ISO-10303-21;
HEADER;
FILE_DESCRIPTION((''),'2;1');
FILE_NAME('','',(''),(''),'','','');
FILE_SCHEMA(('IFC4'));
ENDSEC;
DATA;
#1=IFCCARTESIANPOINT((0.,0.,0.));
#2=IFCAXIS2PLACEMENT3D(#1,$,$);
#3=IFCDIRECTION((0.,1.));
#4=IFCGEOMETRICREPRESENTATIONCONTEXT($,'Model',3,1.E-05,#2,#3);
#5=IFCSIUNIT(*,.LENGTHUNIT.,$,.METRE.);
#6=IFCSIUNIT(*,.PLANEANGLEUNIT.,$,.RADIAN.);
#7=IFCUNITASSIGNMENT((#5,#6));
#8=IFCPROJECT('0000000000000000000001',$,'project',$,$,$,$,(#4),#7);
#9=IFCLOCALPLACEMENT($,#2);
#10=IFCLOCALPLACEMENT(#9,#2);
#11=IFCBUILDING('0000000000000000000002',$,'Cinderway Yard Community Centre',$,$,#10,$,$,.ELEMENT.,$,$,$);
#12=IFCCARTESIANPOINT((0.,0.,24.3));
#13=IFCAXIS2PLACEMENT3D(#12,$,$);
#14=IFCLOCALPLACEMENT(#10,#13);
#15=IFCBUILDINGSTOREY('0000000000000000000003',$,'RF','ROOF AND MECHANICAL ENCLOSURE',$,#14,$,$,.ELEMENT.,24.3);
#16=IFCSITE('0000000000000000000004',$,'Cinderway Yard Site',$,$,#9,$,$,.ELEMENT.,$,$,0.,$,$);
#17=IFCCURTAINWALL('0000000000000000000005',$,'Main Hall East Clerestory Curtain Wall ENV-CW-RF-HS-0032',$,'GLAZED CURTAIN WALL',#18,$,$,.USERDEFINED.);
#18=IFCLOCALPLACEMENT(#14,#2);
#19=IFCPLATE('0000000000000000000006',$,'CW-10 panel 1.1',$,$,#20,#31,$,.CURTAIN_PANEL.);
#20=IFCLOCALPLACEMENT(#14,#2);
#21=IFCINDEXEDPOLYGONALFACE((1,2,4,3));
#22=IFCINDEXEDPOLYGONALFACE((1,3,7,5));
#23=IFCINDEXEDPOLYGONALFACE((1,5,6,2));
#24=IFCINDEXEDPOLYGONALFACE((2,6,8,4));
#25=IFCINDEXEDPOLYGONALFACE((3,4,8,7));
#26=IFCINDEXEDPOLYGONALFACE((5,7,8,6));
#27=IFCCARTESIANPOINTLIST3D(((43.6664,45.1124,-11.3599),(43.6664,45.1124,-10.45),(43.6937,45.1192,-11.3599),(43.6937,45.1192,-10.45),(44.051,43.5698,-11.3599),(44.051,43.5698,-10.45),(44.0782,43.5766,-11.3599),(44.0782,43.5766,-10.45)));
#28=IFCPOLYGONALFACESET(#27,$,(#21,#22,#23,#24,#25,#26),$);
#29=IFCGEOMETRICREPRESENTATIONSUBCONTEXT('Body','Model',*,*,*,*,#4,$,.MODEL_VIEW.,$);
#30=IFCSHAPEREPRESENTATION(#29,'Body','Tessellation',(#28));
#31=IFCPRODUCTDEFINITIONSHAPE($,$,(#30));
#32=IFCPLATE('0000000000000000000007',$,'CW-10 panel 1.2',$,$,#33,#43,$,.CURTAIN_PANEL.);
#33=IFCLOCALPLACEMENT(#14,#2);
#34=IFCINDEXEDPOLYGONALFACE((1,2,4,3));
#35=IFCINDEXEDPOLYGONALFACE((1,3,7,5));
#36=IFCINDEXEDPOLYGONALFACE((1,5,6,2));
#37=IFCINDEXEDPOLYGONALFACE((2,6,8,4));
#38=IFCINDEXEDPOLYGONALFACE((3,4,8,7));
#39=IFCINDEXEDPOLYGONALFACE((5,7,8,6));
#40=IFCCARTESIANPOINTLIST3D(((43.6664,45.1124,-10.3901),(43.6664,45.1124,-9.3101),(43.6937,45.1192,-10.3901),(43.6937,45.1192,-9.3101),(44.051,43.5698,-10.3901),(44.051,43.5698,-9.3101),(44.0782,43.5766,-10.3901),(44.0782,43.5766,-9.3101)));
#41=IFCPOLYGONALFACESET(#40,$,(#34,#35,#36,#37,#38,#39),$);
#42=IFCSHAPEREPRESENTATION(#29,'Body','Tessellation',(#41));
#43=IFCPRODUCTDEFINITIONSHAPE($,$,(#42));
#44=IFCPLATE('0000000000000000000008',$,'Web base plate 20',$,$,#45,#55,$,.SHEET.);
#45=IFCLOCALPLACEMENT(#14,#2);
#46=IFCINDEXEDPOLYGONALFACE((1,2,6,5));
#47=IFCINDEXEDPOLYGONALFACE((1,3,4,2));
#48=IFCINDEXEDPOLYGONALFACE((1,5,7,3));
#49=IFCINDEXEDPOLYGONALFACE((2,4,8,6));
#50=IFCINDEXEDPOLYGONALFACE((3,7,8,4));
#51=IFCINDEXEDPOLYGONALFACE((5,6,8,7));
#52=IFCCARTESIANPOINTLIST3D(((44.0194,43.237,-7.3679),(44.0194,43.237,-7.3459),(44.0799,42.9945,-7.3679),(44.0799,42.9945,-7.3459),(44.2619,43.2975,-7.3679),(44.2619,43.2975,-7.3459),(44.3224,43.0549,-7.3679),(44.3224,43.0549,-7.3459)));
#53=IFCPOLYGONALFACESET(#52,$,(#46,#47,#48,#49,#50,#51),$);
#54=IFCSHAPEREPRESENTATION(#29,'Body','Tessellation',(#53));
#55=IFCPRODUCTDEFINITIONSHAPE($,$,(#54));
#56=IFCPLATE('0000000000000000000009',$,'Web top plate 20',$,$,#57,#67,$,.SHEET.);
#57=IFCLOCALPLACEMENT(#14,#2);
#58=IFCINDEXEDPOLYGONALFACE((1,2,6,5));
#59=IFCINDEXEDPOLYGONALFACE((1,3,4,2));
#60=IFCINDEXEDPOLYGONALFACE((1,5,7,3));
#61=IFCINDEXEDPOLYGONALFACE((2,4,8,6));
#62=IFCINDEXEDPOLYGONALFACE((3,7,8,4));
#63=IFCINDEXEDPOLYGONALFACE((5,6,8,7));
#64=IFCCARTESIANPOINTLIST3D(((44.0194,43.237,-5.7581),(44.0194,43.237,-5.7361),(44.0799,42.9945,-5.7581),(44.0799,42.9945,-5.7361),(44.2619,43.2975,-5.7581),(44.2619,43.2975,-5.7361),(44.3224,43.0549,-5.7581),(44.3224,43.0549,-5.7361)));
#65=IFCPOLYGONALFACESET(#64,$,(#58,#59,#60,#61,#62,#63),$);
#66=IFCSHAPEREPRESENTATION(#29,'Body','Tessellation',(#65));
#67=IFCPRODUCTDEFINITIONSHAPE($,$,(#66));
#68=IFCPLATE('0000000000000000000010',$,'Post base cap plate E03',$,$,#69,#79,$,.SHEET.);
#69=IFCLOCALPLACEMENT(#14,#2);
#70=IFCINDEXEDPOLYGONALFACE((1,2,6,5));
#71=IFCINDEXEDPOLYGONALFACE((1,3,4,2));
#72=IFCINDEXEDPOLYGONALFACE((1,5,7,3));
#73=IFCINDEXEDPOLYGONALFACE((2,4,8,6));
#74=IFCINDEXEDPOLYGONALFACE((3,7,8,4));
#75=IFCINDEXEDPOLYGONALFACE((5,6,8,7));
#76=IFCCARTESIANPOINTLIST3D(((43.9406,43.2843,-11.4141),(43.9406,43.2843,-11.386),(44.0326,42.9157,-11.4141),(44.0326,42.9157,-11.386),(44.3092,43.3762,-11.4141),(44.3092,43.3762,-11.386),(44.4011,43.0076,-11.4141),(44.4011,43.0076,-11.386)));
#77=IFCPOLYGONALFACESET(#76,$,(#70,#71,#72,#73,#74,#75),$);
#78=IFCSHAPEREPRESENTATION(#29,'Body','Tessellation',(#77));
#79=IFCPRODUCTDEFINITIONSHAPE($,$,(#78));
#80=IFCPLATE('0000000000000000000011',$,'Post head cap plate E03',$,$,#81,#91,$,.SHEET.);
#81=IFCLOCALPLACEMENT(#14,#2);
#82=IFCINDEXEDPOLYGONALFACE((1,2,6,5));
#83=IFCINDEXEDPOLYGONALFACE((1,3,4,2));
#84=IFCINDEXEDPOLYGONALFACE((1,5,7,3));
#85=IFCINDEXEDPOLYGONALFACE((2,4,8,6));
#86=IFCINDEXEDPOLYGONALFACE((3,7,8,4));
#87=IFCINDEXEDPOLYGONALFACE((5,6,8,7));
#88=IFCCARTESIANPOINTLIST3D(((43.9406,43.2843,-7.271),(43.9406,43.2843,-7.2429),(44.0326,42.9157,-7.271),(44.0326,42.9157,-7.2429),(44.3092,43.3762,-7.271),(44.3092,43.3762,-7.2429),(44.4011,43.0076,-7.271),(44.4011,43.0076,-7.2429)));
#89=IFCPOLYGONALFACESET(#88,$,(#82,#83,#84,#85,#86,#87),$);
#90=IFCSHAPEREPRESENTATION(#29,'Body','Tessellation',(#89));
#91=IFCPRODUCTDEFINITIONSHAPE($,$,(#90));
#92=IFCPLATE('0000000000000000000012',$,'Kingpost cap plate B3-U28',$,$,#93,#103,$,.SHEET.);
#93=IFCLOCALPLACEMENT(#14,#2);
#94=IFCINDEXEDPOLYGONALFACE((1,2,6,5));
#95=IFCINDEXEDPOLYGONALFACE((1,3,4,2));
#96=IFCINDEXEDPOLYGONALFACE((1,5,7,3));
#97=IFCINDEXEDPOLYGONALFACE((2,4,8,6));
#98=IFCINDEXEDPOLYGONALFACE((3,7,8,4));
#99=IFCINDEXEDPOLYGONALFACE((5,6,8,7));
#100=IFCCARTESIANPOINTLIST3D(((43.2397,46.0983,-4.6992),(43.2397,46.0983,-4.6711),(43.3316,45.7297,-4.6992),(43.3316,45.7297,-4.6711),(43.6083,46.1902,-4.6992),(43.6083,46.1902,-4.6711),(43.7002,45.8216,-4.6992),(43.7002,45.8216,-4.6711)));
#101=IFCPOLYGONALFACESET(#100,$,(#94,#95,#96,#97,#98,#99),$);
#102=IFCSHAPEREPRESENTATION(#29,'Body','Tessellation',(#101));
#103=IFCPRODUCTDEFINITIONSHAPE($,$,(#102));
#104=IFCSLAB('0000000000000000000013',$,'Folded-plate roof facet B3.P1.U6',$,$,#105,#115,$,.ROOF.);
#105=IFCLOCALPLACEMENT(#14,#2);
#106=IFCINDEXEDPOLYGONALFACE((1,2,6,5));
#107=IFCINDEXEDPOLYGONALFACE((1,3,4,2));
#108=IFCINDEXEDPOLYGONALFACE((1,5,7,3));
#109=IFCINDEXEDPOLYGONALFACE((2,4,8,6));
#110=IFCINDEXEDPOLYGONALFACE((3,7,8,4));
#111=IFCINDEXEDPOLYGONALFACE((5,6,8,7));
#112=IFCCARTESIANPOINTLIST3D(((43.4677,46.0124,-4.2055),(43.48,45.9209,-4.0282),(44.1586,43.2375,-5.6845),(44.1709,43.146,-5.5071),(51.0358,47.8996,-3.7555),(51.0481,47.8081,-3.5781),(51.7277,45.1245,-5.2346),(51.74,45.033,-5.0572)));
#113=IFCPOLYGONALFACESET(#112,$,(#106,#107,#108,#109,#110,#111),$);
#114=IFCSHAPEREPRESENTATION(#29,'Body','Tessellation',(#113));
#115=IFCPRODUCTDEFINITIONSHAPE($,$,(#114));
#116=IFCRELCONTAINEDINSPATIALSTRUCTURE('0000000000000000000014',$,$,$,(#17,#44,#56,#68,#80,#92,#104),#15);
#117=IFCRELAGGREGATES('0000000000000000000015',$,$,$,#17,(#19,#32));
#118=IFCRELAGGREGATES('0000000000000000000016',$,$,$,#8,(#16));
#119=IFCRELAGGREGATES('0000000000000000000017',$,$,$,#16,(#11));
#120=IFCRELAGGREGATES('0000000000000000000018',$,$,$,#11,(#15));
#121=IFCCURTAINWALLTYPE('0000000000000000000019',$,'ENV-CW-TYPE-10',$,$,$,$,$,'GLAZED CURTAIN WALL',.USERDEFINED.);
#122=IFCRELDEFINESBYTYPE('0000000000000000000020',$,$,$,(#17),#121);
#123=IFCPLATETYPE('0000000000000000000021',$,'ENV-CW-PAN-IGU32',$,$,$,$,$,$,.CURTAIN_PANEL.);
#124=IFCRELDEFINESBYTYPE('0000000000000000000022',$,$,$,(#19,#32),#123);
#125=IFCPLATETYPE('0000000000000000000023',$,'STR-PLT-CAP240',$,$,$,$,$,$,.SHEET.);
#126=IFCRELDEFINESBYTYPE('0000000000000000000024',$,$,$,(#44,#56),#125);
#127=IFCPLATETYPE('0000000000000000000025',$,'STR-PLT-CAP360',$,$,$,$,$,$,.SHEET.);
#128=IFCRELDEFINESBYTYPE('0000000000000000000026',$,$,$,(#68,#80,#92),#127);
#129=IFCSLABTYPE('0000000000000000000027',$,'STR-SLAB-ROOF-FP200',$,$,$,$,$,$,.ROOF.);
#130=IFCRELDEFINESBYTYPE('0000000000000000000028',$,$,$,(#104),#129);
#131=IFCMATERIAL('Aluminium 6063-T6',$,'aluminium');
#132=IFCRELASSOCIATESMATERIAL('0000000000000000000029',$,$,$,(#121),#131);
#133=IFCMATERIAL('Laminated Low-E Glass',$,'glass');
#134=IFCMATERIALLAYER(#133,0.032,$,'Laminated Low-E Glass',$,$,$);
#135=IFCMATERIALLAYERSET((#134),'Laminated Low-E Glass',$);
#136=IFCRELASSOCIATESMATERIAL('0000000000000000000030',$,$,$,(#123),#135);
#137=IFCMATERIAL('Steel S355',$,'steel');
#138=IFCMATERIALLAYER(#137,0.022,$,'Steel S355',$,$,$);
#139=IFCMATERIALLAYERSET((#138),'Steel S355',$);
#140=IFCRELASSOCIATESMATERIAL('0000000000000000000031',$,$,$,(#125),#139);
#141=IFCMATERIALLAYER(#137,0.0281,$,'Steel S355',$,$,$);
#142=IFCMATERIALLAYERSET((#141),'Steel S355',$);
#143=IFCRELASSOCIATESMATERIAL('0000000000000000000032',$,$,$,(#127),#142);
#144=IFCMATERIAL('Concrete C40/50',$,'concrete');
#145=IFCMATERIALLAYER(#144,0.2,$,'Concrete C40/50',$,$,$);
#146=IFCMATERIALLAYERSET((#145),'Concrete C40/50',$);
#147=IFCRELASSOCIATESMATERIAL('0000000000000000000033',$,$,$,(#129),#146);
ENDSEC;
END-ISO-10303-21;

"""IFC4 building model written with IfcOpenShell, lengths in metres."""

from ifc_helpers import new_model, si_unit, direction, frame, origin, origin_2d, place, context, subcontext, project, spatial, polyline, rectangle, outline, extrude, material, layer, layer_set, type_object, element, aggregate, save


model = new_model("IFC4")

# Units and contexts
model_context = context("Model", 3, precision=1e-05, world=origin(), true_north=direction((0.0, 1.0)))
body_context = subcontext(model_context, "Body", "Model", "MODEL_VIEW")
ifc_project = project(units=[si_unit("LENGTHUNIT", "METRE"), si_unit("PLANEANGLEUNIT", "RADIAN")], contexts=[model_context])

# Site, building, storey
site_placement = place(None, origin())
site = spatial("IfcSite", under=ifc_project, at=site_placement, Name="Cinderway Yard Site", CompositionType="ELEMENT", RefElevation=0.0)
building_placement = place(site_placement, origin())
building = spatial("IfcBuilding", under=site, at=building_placement, Name="Cinderway Yard Community Centre", CompositionType="ELEMENT")
storey_placement = place(building_placement, frame((0.0, 0.0, 24.3)))
storey = spatial("IfcBuildingStorey", under=building, at=storey_placement, Name="RF", Description="ROOF AND MECHANICAL ENCLOSURE", CompositionType="ELEMENT", Elevation=24.3)

# Shared definitions
ifc_material_1 = material(Name="Steel S355", Category="steel")

# Shared definitions
ifc_material_2 = material(Name="Aluminium 6063-T6", Category="aluminium")
curtain_wall_type = type_object("IfcCurtainWallType", Name="ENV-CW-TYPE-10", ElementType="GLAZED CURTAIN WALL", PredefinedType="USERDEFINED", material=ifc_material_2)

# Curtain wall
curtain_wall_1_placement = place(storey_placement, origin())
curtain_wall_1 = element("IfcCurtainWall", 1, at=curtain_wall_1_placement, inside=storey, type_object=curtain_wall_type, Name="Main Hall East Clerestory Curtain Wall ENV-CW-RF-HS-0032", ObjectType="GLAZED CURTAIN WALL", PredefinedType="USERDEFINED")

# Shared definitions
ifc_material_3 = material(Name="Concrete C40/50", Category="concrete")

# Plates
ifc_material_4 = material(Name="Laminated Low-E Glass", Category="glass")
ifc_layer_1 = layer(ifc_material_4, 0.032, Name="Laminated Low-E Glass")
ifc_layer_set_1 = layer_set([ifc_layer_1], Name="Laminated Low-E Glass")
plate_type_1 = type_object("IfcPlateType", Name="ENV-CW-PAN-IGU32", PredefinedType="CURTAIN_PANEL", material=ifc_layer_set_1)
plate_1_placement = place(storey_placement, frame((43.8723, 44.3445, -11.3599), z_axis=(0.0, 0.0, 1.0), x_axis=(-0.241882, 0.970306, 0.0)))
plate_1 = element("IfcPlate", 2, at=plate_1_placement, type_object=plate_type_1, Name="CW-10 panel 1.1", PredefinedType="CURTAIN_PANEL", context=body_context, shape_type="SweptSolid", body=[
    extrude(rectangle(XDim=1.5898, YDim=0.0281, at=origin_2d()), origin(), (0.0, 0.0, 1.0), 0.9099),
])
plate_2_placement = place(storey_placement, frame((43.8723, 44.3445, -10.3901), z_axis=(0.0, 0.0, 1.0), x_axis=(-0.241882, 0.970306, 0.0)))
plate_2 = element("IfcPlate", 3, at=plate_2_placement, type_object=plate_type_1, Name="CW-10 panel 1.2", PredefinedType="CURTAIN_PANEL", context=body_context, shape_type="SweptSolid", body=[
    extrude(rectangle(XDim=1.5898, YDim=0.0281, at=origin_2d()), origin(), (0.0, 0.0, 1.0), 1.0801),
])
aggregate(curtain_wall_1, [plate_1, plate_2])

# Plates
ifc_layer_2 = layer(ifc_material_1, 0.022, Name="Steel S355")
ifc_layer_set_2 = layer_set([ifc_layer_2], Name="Steel S355")
plate_type_2 = type_object("IfcPlateType", Name="STR-PLT-CAP240", PredefinedType="SHEET", material=ifc_layer_set_2)
for number, where, z_axis, x_axis, name in (
    (4, (44.1709, 43.146, -7.3679), (0.0, 0.0, 1.0), (0.970296, 0.241922, 0.0), "Web base plate 20"),
    (5, (44.1709, 43.146, -5.7581), (0.0, 0.0, 1.0), (0.970296, 0.241922, 0.0), "Web top plate 20"),
):
    element("IfcPlate", number, at=place(storey_placement, frame(where, z_axis=z_axis, x_axis=x_axis)), inside=storey, type_object=plate_type_2, Name=name, PredefinedType="SHEET", context=body_context, shape_type="SweptSolid", body=[
        extrude(rectangle(XDim=0.25, YDim=0.25, at=origin_2d()), origin(), (0.0, 0.0, 1.0), 0.022),
    ])
ifc_layer_3 = layer(ifc_material_1, 0.0281, Name="Steel S355")
ifc_layer_set_3 = layer_set([ifc_layer_3], Name="Steel S355")
plate_type_3 = type_object("IfcPlateType", Name="STR-PLT-CAP360", PredefinedType="SHEET", material=ifc_layer_set_3)
for number, where, z_axis, x_axis, name in (
    (6, (44.1709, 43.146, -11.4141), (0.0, 0.0, 1.0), (0.970296, 0.241922, 0.0), "Post base cap plate E03"),
    (7, (44.1709, 43.146, -7.271), (0.0, 0.0, 1.0), (0.970296, 0.241922, 0.0), "Post head cap plate E03"),
    (8, (43.47, 45.96, -4.6992), (0.0, 0.0, 1.0), (0.970296, 0.241922, 0.0), "Kingpost cap plate B3-U28"),
):
    element("IfcPlate", number, at=place(storey_placement, frame(where, z_axis=z_axis, x_axis=x_axis)), inside=storey, type_object=plate_type_3, Name=name, PredefinedType="SHEET", context=body_context, shape_type="SweptSolid", body=[
        extrude(rectangle(XDim=0.3799, YDim=0.3799, at=origin_2d()), origin(), (0.0, 0.0, 1.0), 0.0281),
    ])

# Slab
ifc_layer_4 = layer(ifc_material_3, 0.2, Name="Concrete C40/50")
ifc_layer_set_4 = layer_set([ifc_layer_4], Name="Concrete C40/50")
slab_type = type_object("IfcSlabType", Name="STR-SLAB-ROOF-FP200", PredefinedType="ROOF", material=ifc_layer_set_4)
slab_placement = place(storey_placement, frame((44.1709, 43.146, -5.5071), z_axis=(0.061334, -0.457509, 0.887087), x_axis=(0.968692, 0.241499, 0.057575)))
element("IfcSlab", 9, at=slab_placement, inside=storey, type_object=slab_type, Name="Folded-plate roof facet B3.P1.U6", PredefinedType="ROOF", context=body_context, shape_type="SweptSolid", body=[
    extrude(outline(polyline([(0.0, 0.0), (7.8137, 0.0), (7.8988, 3.2188), (0.086, 3.2183), (0.0, 0.0)])), origin(), (0.0, 0.0, -1.0), 0.2),
])

save(model, "model.ifc")
